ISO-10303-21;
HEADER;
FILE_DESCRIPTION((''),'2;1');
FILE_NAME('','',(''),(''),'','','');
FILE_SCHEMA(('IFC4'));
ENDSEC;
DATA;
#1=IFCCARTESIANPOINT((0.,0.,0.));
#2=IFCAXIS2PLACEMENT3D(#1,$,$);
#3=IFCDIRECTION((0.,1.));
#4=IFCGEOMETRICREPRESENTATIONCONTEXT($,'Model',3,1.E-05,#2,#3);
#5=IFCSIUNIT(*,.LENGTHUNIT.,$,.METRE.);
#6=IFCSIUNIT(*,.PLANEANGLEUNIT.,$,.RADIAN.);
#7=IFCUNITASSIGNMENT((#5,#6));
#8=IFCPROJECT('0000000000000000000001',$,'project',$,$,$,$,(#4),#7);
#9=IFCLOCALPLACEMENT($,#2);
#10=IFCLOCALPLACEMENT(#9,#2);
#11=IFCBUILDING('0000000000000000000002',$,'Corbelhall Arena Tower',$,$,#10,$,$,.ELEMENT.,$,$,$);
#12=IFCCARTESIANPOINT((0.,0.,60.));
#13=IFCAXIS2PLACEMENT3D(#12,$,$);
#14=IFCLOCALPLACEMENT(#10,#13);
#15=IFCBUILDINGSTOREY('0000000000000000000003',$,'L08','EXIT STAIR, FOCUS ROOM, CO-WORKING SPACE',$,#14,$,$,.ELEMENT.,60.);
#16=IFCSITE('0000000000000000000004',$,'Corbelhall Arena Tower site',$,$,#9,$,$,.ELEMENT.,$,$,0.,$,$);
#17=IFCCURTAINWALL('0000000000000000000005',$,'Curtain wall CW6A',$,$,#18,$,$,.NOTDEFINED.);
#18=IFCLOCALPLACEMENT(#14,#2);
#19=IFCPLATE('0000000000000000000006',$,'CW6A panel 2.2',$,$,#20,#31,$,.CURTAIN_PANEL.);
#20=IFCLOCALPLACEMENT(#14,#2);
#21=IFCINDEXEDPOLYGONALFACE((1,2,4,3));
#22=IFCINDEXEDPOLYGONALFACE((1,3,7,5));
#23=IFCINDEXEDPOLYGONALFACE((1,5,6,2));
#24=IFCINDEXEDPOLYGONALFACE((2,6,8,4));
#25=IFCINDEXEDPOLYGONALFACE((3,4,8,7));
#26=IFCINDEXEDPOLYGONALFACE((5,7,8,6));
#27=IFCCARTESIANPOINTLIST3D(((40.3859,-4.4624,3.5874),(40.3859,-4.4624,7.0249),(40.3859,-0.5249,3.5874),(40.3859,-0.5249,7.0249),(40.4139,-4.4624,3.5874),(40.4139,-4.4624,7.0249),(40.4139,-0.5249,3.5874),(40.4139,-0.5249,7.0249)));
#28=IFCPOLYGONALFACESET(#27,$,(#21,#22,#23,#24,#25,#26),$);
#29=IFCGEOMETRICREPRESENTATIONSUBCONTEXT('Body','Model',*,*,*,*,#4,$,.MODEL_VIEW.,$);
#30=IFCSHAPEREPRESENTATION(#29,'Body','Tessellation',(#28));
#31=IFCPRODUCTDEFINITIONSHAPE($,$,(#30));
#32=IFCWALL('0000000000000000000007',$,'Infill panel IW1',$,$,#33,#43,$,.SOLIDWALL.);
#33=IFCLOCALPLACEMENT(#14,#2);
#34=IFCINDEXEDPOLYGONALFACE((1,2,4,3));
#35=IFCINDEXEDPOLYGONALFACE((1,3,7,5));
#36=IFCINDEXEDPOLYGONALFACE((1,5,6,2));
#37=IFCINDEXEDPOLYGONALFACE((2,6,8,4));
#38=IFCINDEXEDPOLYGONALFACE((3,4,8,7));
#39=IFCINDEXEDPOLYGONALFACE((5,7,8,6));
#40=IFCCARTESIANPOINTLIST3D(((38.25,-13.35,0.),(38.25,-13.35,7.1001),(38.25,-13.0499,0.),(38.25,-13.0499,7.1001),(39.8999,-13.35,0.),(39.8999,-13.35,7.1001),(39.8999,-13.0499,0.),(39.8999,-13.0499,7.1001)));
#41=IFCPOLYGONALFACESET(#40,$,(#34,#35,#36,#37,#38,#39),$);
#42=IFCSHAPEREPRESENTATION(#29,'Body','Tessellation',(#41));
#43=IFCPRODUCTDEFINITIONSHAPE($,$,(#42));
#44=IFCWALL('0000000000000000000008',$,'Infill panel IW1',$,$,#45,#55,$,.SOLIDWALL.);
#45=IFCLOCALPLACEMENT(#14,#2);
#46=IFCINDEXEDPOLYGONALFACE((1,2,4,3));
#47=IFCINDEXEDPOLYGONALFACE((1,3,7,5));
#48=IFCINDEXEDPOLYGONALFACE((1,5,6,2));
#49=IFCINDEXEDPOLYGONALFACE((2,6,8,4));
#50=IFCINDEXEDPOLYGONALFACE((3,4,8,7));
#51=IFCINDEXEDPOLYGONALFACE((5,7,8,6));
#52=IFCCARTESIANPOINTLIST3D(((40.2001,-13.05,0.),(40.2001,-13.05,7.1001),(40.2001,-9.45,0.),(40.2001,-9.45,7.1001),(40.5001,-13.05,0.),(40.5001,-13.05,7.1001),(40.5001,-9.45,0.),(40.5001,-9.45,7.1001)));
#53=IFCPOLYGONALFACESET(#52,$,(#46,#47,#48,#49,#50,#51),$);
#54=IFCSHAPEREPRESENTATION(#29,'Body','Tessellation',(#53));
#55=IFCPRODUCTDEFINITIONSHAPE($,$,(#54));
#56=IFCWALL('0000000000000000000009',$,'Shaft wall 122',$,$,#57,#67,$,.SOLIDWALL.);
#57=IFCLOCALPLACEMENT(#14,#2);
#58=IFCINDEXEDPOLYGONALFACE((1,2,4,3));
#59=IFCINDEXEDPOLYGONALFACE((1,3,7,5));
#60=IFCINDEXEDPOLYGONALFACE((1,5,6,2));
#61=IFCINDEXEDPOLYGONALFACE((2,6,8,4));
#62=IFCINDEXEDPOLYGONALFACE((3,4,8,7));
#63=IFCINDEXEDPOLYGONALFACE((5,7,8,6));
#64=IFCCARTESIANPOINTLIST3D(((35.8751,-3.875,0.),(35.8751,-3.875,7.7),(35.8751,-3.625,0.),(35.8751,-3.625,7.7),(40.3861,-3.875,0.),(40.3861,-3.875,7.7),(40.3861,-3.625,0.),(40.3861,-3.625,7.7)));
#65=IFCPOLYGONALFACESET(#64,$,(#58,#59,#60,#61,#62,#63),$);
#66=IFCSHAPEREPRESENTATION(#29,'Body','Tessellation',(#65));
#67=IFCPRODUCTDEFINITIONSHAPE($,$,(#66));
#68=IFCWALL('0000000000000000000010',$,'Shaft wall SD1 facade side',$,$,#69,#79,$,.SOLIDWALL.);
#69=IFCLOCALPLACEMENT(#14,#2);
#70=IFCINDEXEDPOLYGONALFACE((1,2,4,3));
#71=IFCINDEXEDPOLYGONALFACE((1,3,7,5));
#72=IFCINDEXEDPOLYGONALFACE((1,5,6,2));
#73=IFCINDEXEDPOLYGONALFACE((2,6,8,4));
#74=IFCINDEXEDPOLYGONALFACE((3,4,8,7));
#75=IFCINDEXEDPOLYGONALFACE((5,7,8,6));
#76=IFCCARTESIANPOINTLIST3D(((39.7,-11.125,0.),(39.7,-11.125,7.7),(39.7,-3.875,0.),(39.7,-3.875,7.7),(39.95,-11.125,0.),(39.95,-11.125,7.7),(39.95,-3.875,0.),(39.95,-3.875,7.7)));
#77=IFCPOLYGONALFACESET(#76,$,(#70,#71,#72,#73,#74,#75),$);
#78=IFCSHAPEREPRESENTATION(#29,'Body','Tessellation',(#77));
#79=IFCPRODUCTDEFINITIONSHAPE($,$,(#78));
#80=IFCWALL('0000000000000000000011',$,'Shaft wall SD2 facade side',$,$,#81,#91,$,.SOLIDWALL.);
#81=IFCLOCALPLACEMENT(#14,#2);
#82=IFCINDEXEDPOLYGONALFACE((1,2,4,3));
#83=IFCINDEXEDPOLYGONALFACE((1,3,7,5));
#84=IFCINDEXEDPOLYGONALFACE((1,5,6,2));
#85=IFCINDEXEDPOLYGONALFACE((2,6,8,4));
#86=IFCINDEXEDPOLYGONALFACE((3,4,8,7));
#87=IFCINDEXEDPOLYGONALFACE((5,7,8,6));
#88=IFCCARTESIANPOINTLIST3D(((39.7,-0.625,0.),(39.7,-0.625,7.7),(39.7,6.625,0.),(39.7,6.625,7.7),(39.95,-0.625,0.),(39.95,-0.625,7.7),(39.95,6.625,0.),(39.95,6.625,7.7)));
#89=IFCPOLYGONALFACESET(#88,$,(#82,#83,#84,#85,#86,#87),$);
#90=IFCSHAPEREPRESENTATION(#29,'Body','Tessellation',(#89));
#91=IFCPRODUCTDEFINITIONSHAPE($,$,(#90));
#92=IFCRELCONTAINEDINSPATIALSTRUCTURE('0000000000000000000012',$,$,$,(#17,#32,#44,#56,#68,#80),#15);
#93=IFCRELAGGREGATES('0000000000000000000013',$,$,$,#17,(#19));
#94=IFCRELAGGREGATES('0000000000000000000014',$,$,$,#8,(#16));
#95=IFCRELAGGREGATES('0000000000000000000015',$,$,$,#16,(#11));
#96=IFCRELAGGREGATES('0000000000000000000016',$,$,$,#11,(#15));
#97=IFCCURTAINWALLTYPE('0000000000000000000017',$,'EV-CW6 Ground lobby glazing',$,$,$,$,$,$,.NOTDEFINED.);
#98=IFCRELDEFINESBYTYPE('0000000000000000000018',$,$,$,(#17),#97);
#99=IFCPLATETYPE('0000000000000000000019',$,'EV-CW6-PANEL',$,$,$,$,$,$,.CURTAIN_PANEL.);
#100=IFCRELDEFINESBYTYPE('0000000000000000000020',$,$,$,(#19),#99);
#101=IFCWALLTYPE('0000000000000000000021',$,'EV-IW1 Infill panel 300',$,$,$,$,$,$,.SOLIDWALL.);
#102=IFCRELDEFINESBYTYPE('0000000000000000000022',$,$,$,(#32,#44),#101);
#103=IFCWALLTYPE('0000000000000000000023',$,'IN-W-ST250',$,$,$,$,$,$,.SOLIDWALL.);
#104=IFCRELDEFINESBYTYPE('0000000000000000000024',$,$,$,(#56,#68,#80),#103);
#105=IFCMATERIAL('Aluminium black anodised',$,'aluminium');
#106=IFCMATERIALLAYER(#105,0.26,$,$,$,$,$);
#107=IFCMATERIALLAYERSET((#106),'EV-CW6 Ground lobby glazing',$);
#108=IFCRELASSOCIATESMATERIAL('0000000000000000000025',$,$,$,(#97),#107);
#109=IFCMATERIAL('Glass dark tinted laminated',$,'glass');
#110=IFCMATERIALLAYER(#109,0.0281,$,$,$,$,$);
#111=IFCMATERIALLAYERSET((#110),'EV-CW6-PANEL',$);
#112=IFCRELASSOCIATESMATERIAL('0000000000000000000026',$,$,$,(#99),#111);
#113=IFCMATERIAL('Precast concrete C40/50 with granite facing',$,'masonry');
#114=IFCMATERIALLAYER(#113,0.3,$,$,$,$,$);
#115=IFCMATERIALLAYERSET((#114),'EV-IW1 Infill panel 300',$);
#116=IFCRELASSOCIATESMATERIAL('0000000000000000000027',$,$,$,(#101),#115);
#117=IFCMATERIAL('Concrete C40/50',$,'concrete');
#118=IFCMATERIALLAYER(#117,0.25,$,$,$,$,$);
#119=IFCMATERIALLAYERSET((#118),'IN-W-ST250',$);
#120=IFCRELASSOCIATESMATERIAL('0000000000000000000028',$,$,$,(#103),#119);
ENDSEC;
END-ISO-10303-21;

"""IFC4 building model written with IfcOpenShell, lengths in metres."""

from ifc_helpers import new_model, si_unit, direction, frame, frame_2d, origin, origin_2d, place, context, subcontext, project, spatial, rectangle, extrude, material, layer, layer_set, type_object, element, aggregate, save


model = new_model("IFC4")

# Units and contexts
model_context = context("Model", 3, precision=1e-05, world=origin(), true_north=direction((0.0, 1.0)))
body_context = subcontext(model_context, "Body", "Model", "MODEL_VIEW")
ifc_project = project(units=[si_unit("LENGTHUNIT", "METRE"), si_unit("PLANEANGLEUNIT", "RADIAN")], contexts=[model_context])

# Site, building, storey
site_placement = place(None, origin())
site = spatial("IfcSite", under=ifc_project, at=site_placement, Name="Corbelhall Arena Tower site", CompositionType="ELEMENT", RefElevation=0.0)
building_placement = place(site_placement, origin())
building = spatial("IfcBuilding", under=site, at=building_placement, Name="Corbelhall Arena Tower", CompositionType="ELEMENT")
storey_placement = place(building_placement, frame((0.0, 0.0, 60.0)))
storey = spatial("IfcBuildingStorey", under=building, at=storey_placement, Name="L08", Description="EXIT STAIR, FOCUS ROOM, CO-WORKING SPACE", CompositionType="ELEMENT", Elevation=60.0)

# Curtain wall, plate
ifc_material_1 = material(Name="Aluminium black anodised", Category="aluminium")
ifc_layer_1 = layer(ifc_material_1, 0.26)
ifc_layer_set_1 = layer_set([ifc_layer_1], Name="EV-CW6 Ground lobby glazing")
curtain_wall_type = type_object("IfcCurtainWallType", Name="EV-CW6 Ground lobby glazing", PredefinedType="NOTDEFINED", material=ifc_layer_set_1)
curtain_wall_placement = place(storey_placement, origin())
curtain_wall = element("IfcCurtainWall", 1, at=curtain_wall_placement, inside=storey, type_object=curtain_wall_type, Name="Curtain wall CW6A", PredefinedType="NOTDEFINED")
ifc_material_2 = material(Name="Glass dark tinted laminated", Category="glass")
ifc_layer_2 = layer(ifc_material_2, 0.0281)
ifc_layer_set_2 = layer_set([ifc_layer_2], Name="EV-CW6-PANEL")
plate_type = type_object("IfcPlateType", Name="EV-CW6-PANEL", PredefinedType="CURTAIN_PANEL", material=ifc_layer_set_2)
plate_1_placement = place(storey_placement, frame((40.3999, -2.4937, 3.5874), z_axis=(0.0, 0.0, 1.0), x_axis=(0.0, 1.0, 0.0)))
plate_1 = element("IfcPlate", 2, at=plate_1_placement, type_object=plate_type, Name="CW6A panel 2.2", PredefinedType="CURTAIN_PANEL", context=body_context, shape_type="SweptSolid", body=[
    extrude(rectangle(XDim=3.9375, YDim=0.0281, at=origin_2d()), origin(), (0.0, 0.0, 1.0), 3.4375),
])
aggregate(curtain_wall, [plate_1])

# Walls
ifc_material_3 = material(Name="Precast concrete C40/50 with granite facing", Category="masonry")
ifc_layer_3 = layer(ifc_material_3, 0.3)
ifc_layer_set_3 = layer_set([ifc_layer_3], Name="EV-IW1 Infill panel 300")
wall_type_1 = type_object("IfcWallType", Name="EV-IW1 Infill panel 300", PredefinedType="SOLIDWALL", material=ifc_layer_set_3)
wall_1_placement = place(storey_placement, frame((39.8999, -13.2, 0.0), z_axis=(0.0, 0.0, 1.0), x_axis=(-1.0, 0.0, 0.0)))
element("IfcWall", 3, at=wall_1_placement, inside=storey, type_object=wall_type_1, Name="Infill panel IW1", PredefinedType="SOLIDWALL", context=body_context, shape_type="SweptSolid", body=[
    extrude(rectangle(XDim=1.6499, YDim=0.3, at=frame_2d((0.825, 0.0))), origin(), (0.0, 0.0, 1.0), 7.1001),
])
wall_2_placement = place(storey_placement, frame((40.3501, -13.05, 0.0), z_axis=(0.0, 0.0, 1.0), x_axis=(0.0, 1.0, 0.0)))
element("IfcWall", 4, at=wall_2_placement, inside=storey, type_object=wall_type_1, Name="Infill panel IW1", PredefinedType="SOLIDWALL", context=body_context, shape_type="SweptSolid", body=[
    extrude(rectangle(XDim=3.6001, YDim=0.3, at=frame_2d((1.8, 0.0))), origin(), (0.0, 0.0, 1.0), 7.1001),
])
ifc_material_4 = material(Name="Concrete C40/50", Category="concrete")
ifc_layer_4 = layer(ifc_material_4, 0.25)
ifc_layer_set_4 = layer_set([ifc_layer_4], Name="IN-W-ST250")
wall_type_2 = type_object("IfcWallType", Name="IN-W-ST250", PredefinedType="SOLIDWALL", material=ifc_layer_set_4)
wall_3_placement = place(storey_placement, frame((40.386, -3.75, 0.0), z_axis=(0.0, 0.0, 1.0), x_axis=(-1.0, 0.0, 0.0)))
element("IfcWall", 5, at=wall_3_placement, inside=storey, type_object=wall_type_2, Name="Shaft wall 122", PredefinedType="SOLIDWALL", context=body_context, shape_type="SweptSolid", body=[
    extrude(rectangle(XDim=4.511, YDim=0.25, at=frame_2d((2.2554, 0.0))), origin(), (0.0, 0.0, 1.0), 7.7),
])
for number, where, z_axis, x_axis, name in (
    (6, (39.825, -11.125, 0.0), (0.0, 0.0, 1.0), (0.0, 1.0, 0.0), "Shaft wall SD1 facade side"),
    (7, (39.825, -0.625, 0.0), (0.0, 0.0, 1.0), (0.0, 1.0, 0.0), "Shaft wall SD2 facade side"),
):
    element("IfcWall", number, at=place(storey_placement, frame(where, z_axis=z_axis, x_axis=x_axis)), inside=storey, type_object=wall_type_2, Name=name, PredefinedType="SOLIDWALL", context=body_context, shape_type="SweptSolid", body=[
        extrude(rectangle(XDim=7.25, YDim=0.25, at=frame_2d((3.625, 0.0))), origin(), (0.0, 0.0, 1.0), 7.7),
    ])

save(model, "model.ifc")
